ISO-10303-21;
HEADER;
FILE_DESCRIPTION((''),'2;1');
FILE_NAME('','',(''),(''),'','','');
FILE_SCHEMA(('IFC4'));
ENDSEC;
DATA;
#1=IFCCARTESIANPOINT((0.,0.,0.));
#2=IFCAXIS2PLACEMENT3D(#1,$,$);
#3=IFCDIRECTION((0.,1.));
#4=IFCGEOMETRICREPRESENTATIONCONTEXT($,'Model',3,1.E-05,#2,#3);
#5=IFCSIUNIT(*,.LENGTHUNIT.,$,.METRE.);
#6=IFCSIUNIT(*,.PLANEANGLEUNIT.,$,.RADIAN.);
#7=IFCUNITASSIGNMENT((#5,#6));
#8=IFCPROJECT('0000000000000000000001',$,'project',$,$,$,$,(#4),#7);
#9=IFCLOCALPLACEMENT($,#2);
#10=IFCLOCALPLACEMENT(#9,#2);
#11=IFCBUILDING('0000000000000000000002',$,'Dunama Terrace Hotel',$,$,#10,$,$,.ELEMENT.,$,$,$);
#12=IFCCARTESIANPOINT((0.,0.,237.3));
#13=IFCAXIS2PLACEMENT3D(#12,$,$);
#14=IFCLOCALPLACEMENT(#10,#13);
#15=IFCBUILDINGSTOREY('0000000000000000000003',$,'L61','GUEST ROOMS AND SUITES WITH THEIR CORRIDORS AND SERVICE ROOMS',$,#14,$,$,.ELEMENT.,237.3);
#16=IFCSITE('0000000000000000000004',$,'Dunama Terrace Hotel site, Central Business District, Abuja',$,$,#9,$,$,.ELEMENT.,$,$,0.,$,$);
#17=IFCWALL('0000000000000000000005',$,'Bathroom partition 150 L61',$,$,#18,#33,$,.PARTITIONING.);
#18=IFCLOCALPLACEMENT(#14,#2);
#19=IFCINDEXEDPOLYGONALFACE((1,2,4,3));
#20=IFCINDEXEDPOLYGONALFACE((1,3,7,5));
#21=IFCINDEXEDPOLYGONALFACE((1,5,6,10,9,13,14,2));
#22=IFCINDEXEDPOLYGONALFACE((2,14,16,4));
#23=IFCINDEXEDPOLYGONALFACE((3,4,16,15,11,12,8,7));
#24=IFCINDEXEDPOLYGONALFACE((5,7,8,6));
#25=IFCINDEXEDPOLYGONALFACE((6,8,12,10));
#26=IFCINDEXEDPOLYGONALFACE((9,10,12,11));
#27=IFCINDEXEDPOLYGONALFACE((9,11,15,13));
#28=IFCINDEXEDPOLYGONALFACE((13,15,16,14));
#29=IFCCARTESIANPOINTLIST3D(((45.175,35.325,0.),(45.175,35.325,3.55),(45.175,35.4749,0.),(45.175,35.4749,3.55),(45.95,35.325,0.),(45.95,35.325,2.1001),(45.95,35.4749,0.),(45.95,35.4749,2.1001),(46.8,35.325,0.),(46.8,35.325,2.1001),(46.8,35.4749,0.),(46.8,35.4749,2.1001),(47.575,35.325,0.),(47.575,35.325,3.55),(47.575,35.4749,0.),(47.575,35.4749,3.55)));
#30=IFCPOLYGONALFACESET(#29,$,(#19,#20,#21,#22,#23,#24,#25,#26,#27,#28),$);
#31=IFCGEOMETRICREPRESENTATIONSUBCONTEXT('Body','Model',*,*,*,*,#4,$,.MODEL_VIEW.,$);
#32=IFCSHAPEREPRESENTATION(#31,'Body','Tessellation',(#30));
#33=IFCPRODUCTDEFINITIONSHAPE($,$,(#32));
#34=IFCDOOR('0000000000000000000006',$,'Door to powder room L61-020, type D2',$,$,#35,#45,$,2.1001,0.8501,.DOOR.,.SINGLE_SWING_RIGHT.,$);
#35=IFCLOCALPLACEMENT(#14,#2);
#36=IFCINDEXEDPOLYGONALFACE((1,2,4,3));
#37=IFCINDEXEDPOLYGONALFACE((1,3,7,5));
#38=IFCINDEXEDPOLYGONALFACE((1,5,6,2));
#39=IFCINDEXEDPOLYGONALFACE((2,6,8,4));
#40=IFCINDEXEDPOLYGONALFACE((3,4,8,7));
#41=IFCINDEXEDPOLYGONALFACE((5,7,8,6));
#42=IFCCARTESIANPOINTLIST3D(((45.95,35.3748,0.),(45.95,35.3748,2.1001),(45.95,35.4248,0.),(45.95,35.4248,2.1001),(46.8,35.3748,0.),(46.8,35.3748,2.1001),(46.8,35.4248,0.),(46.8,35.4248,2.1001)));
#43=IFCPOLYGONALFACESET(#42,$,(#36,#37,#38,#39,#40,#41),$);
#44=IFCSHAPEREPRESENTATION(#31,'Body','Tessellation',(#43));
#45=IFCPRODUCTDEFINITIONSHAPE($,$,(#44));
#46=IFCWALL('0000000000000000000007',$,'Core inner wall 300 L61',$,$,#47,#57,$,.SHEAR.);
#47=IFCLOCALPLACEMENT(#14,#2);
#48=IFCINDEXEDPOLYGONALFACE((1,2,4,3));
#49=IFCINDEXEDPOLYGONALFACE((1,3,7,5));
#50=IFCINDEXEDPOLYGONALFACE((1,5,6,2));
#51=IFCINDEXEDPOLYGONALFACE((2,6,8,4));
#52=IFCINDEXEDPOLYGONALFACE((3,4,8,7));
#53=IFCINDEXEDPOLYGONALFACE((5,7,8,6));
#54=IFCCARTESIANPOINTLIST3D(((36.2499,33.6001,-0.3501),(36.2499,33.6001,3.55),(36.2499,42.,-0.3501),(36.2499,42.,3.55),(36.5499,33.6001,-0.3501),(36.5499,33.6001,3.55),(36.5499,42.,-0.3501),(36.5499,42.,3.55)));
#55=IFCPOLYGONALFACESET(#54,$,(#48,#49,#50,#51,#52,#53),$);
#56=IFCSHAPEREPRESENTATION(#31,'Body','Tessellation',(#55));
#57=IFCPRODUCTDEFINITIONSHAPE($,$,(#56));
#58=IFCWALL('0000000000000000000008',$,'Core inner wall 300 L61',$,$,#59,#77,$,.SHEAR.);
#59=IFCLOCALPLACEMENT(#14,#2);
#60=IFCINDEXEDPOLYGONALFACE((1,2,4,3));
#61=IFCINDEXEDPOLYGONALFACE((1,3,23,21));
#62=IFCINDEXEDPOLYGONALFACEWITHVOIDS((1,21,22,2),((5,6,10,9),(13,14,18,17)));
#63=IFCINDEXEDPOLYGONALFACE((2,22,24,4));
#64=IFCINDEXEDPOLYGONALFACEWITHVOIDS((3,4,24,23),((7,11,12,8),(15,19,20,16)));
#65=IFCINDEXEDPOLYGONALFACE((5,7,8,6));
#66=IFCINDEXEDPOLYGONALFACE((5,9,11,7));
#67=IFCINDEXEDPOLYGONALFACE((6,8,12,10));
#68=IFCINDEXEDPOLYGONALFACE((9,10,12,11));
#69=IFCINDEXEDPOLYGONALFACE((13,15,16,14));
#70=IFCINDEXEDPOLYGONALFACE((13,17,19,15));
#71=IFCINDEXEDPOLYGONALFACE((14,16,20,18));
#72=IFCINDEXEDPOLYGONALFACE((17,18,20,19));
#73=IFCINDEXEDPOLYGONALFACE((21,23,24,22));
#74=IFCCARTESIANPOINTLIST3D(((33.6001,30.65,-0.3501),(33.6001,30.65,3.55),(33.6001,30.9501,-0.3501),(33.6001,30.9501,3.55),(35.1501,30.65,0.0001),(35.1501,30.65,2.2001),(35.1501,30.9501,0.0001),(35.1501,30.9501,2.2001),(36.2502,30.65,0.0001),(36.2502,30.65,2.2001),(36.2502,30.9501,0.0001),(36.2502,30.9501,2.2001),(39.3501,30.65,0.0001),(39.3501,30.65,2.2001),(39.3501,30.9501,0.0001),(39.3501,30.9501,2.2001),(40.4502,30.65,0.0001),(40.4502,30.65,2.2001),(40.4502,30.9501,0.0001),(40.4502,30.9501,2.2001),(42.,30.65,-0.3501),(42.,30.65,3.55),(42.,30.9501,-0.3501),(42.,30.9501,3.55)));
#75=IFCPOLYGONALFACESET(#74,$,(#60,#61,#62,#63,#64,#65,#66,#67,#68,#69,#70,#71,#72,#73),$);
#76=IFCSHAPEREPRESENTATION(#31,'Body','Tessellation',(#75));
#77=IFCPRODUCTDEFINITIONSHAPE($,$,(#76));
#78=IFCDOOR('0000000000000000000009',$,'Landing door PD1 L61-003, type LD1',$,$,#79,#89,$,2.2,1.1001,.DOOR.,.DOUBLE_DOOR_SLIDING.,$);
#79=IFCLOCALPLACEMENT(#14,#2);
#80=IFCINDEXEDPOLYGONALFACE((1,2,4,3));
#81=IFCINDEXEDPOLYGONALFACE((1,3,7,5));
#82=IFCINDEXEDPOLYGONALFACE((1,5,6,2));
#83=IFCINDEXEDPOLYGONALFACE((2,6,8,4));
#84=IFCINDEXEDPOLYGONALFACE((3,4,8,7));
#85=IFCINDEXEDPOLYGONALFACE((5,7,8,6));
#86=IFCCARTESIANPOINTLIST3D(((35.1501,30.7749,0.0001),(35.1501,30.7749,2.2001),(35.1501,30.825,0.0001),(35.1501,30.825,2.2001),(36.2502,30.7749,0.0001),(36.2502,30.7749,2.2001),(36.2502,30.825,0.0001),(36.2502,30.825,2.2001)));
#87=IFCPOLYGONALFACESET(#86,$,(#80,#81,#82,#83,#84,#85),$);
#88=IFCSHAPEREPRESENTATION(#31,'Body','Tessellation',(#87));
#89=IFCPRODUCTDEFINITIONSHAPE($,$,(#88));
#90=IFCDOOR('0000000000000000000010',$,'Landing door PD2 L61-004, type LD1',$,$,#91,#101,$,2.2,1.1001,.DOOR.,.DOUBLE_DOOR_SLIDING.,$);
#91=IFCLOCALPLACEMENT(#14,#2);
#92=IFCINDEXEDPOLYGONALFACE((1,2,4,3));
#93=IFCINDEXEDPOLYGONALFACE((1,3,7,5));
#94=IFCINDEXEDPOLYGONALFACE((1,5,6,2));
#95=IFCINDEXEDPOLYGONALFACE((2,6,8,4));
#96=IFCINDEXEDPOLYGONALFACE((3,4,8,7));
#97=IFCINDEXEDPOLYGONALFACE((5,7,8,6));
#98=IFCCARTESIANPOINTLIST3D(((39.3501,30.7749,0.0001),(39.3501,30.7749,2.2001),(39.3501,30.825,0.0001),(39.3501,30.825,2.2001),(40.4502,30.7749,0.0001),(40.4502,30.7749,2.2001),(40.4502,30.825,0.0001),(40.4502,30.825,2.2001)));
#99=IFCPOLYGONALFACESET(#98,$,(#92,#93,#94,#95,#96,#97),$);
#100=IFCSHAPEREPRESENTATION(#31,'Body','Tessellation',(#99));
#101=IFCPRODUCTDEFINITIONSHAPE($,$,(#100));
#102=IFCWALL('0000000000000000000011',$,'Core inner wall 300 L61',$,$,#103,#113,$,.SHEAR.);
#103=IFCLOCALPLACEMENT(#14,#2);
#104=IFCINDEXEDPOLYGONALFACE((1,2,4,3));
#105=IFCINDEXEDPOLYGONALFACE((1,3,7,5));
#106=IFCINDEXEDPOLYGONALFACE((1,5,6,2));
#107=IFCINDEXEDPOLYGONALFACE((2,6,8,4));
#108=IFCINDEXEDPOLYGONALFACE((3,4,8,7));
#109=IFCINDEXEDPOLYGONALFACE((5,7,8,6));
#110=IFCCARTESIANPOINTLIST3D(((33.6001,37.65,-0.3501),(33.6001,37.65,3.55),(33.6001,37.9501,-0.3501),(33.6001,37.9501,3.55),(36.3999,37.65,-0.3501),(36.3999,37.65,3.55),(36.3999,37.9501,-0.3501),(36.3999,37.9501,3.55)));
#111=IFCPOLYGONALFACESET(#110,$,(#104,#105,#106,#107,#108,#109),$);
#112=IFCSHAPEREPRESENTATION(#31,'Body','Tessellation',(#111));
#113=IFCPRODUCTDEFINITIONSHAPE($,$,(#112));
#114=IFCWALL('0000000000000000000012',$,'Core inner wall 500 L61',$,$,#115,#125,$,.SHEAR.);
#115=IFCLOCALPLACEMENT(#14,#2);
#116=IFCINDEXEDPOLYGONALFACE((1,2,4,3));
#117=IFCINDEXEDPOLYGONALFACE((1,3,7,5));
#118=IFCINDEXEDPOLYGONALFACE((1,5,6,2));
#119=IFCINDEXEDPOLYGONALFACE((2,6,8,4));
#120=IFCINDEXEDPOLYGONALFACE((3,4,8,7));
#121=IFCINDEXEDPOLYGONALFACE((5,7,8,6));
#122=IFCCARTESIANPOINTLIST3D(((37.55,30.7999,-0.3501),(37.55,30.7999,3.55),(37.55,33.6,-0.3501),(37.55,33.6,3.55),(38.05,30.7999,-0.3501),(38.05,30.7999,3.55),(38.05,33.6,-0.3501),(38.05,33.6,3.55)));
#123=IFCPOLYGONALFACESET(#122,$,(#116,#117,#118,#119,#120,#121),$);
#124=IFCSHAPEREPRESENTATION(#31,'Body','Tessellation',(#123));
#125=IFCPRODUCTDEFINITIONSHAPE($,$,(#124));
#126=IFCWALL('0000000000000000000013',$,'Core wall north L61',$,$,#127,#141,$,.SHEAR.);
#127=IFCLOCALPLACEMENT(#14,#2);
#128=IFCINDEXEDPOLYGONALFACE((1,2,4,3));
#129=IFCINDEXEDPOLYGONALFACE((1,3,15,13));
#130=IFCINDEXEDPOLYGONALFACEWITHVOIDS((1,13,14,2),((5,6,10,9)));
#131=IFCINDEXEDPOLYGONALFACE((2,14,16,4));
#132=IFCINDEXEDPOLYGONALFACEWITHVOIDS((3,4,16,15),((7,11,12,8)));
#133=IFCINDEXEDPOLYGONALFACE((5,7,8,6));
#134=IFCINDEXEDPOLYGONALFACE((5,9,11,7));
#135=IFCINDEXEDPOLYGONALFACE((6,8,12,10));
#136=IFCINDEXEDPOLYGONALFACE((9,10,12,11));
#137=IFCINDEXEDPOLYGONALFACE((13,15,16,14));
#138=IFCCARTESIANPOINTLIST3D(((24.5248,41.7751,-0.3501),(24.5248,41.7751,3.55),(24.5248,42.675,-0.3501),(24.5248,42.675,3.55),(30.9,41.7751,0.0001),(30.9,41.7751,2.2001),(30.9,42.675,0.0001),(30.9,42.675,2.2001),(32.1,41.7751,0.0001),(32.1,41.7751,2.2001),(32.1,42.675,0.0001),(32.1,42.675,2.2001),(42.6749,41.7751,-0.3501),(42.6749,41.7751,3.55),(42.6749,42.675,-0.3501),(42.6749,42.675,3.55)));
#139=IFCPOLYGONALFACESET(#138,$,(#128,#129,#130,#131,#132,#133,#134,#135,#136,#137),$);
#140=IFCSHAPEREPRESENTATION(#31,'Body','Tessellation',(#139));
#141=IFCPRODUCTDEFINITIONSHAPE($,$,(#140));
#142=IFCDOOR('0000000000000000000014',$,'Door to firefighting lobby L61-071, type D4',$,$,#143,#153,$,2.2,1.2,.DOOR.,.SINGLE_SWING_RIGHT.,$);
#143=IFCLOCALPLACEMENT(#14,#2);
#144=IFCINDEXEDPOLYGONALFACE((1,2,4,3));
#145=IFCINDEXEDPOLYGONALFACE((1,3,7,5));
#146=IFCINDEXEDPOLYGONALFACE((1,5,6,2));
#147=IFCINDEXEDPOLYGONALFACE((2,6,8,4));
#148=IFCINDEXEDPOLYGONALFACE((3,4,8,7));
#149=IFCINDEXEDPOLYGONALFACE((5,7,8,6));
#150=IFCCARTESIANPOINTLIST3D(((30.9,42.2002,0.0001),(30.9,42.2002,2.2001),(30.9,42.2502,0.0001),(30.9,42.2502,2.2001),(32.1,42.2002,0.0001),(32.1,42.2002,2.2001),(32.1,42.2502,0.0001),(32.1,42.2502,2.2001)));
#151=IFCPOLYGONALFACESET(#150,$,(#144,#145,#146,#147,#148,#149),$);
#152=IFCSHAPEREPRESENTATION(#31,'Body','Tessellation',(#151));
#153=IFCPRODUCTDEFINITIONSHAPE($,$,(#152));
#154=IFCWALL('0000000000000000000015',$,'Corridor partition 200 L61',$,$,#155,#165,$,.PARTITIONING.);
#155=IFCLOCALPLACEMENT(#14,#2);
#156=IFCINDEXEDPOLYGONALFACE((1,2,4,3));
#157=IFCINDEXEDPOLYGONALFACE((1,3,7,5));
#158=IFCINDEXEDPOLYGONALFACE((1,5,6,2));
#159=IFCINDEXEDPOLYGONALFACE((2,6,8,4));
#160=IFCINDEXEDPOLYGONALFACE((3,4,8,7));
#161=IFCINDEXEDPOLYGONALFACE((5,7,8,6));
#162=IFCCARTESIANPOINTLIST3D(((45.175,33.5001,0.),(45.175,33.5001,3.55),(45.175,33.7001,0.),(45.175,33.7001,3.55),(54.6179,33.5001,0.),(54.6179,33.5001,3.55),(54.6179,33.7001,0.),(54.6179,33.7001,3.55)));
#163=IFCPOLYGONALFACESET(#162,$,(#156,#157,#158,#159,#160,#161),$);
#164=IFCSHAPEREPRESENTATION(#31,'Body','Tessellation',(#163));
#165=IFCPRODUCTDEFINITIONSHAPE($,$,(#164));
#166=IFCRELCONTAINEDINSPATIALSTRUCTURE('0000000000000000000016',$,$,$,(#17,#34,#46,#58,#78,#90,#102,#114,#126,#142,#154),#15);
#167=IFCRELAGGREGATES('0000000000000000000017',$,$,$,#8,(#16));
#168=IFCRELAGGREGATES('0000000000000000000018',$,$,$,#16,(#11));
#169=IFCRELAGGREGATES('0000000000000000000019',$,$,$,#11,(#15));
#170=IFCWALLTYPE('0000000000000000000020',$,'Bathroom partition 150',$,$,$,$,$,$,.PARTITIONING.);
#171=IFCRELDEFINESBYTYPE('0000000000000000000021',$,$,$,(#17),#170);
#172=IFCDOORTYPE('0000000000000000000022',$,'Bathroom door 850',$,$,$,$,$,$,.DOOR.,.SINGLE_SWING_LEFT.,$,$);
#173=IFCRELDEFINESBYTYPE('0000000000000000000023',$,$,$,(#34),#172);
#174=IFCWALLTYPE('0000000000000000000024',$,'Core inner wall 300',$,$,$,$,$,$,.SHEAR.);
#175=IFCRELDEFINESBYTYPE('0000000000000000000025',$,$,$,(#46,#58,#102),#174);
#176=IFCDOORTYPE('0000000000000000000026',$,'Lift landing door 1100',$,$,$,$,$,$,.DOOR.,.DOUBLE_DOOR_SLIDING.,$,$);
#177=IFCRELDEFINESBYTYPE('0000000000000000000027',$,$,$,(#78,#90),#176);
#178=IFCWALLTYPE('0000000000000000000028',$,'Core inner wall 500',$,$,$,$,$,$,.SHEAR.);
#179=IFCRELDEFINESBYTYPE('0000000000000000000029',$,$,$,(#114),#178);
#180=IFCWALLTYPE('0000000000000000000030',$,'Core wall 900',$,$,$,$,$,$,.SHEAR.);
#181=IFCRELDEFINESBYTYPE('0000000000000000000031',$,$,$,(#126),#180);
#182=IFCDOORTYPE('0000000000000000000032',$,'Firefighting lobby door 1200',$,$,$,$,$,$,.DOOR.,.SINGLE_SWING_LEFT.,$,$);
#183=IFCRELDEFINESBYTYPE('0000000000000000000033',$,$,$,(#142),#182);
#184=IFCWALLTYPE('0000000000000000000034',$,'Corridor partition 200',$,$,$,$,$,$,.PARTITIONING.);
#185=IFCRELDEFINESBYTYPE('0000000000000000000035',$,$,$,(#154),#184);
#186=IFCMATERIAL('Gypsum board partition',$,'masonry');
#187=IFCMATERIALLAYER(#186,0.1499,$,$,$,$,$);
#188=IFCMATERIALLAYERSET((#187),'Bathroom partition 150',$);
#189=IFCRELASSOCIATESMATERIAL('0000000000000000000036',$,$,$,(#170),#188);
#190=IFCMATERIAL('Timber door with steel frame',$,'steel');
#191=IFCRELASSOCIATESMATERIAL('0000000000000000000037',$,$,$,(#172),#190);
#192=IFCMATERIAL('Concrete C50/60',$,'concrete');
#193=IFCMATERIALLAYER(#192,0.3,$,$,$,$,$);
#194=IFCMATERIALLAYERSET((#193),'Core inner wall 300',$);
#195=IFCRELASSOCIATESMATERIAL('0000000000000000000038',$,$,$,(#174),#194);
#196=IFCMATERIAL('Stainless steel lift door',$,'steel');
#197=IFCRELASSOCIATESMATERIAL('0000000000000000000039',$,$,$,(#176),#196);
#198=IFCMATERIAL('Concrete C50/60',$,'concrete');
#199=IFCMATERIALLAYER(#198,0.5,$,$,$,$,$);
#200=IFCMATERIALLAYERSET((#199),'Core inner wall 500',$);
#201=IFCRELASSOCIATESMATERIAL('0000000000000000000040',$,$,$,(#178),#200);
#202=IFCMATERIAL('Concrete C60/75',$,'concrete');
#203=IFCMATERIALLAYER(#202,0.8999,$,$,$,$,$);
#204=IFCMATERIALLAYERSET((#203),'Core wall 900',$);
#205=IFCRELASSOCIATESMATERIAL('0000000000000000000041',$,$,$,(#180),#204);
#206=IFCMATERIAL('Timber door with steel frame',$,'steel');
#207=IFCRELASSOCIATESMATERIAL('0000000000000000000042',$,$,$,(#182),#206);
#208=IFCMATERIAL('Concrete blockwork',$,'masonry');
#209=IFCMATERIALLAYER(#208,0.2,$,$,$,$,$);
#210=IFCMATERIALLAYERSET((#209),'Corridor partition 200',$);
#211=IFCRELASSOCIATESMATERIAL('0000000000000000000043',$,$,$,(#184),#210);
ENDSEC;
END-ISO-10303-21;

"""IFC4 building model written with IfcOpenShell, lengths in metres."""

from ifc_helpers import new_model, si_unit, direction, frame, frame_2d, origin, place, context, subcontext, project, spatial, rectangle, extrude, material, layer, layer_set, type_object, element, fill, save


model = new_model("IFC4")

# Units and contexts
model_context = context("Model", 3, precision=1e-05, world=origin(), true_north=direction((0.0, 1.0)))
body_context = subcontext(model_context, "Body", "Model", "MODEL_VIEW")
ifc_project = project(units=[si_unit("LENGTHUNIT", "METRE"), si_unit("PLANEANGLEUNIT", "RADIAN")], contexts=[model_context])

# Site, building, storey
site_placement = place(None, origin())
site = spatial("IfcSite", under=ifc_project, at=site_placement, Name="Dunama Terrace Hotel site, Central Business District, Abuja", CompositionType="ELEMENT", RefElevation=0.0)
building_placement = place(site_placement, origin())
building = spatial("IfcBuilding", under=site, at=building_placement, Name="Dunama Terrace Hotel", CompositionType="ELEMENT")
storey_placement = place(building_placement, frame((0.0, 0.0, 237.3)))
storey = spatial("IfcBuildingStorey", under=building, at=storey_placement, Name="L61", Description="GUEST ROOMS AND SUITES WITH THEIR CORRIDORS AND SERVICE ROOMS", CompositionType="ELEMENT", Elevation=237.3)

# Wall, opening, door
ifc_material_1 = material(Name="Gypsum board partition", Category="masonry")
ifc_layer_1 = layer(ifc_material_1, 0.1499)
ifc_layer_set_1 = layer_set([ifc_layer_1], Name="Bathroom partition 150")
wall_type_1 = type_object("IfcWallType", Name="Bathroom partition 150", PredefinedType="PARTITIONING", material=ifc_layer_set_1)
wall_1_placement = place(storey_placement, frame((45.175, 35.3999, 0.0), z_axis=(0.0, 0.0, 1.0), x_axis=(1.0, 0.0, 0.0)))
wall_1 = element("IfcWall", 1, at=wall_1_placement, inside=storey, type_object=wall_type_1, Name="Bathroom partition 150 L61", PredefinedType="PARTITIONING", context=body_context, shape_type="SweptSolid", body=[
    extrude(rectangle(XDim=2.3999, YDim=0.1499, at=frame_2d((1.2, 0.0))), origin(), (0.0, 0.0, 1.0), 3.55),
])
opening_1_placement = place(wall_1_placement, frame((0.7749, 0.0, 0.0)))
opening_1 = element("IfcOpeningElement", 2, at=opening_1_placement, cuts=wall_1, PredefinedType="OPENING", context=body_context, shape_type="SweptSolid", body=[
    extrude(rectangle(XDim=0.8501, YDim=2.1001, at=frame_2d((0.425, 1.05))), frame((0.0, 0.085, 0.0), z_axis=(0.0, -1.0, 0.0), x_axis=(1.0, 0.0, 0.0)), (0.0, 0.0, 1.0), 0.1699),
])
ifc_material_2 = material(Name="Timber door with steel frame", Category="steel")
door_type_1 = type_object("IfcDoorType", Name="Bathroom door 850", OperationType="SINGLE_SWING_LEFT", PredefinedType="DOOR", material=ifc_material_2)
door_1_placement = place(opening_1_placement, frame((0.8501, 0.0, 0.0), z_axis=(0.0, 0.0, 1.0), x_axis=(-1.0, 0.0, 0.0)))
door_1 = element("IfcDoor", 3, at=door_1_placement, inside=storey, type_object=door_type_1, Name="Door to powder room L61-020, type D2", OperationType="SINGLE_SWING_RIGHT", OverallHeight=2.1001, OverallWidth=0.8501, PredefinedType="DOOR", context=body_context, shape_type="SweptSolid", body=[
    extrude(rectangle(XDim=0.8501, YDim=2.1001, at=frame_2d((0.425, 1.05))), frame((0.0, 0.0251, 0.0), z_axis=(0.0, -1.0, 0.0), x_axis=(1.0, 0.0, 0.0)), (0.0, 0.0, 1.0), 0.05),
])
fill(opening_1, door_1)

# Wall
ifc_material_3 = material(Name="Concrete C50/60", Category="concrete")
ifc_layer_2 = layer(ifc_material_3, 0.3)
ifc_layer_set_2 = layer_set([ifc_layer_2], Name="Core inner wall 300")
wall_type_2 = type_object("IfcWallType", Name="Core inner wall 300", PredefinedType="SHEAR", material=ifc_layer_set_2)
wall_2_placement = place(storey_placement, frame((36.3999, 33.6001, -0.3501), z_axis=(0.0, 0.0, 1.0), x_axis=(0.0, 1.0, 0.0)))
element("IfcWall", 4, at=wall_2_placement, inside=storey, type_object=wall_type_2, Name="Core inner wall 300 L61", PredefinedType="SHEAR", context=body_context, shape_type="SweptSolid", body=[
    extrude(rectangle(XDim=8.3999, YDim=0.3, at=frame_2d((4.2, 0.0))), origin(), (0.0, 0.0, 1.0), 3.9001),
])

# Wall, openings, doors
wall_3_placement = place(storey_placement, frame((33.6001, 30.8, -0.3501), z_axis=(0.0, 0.0, 1.0), x_axis=(1.0, 0.0, 0.0)))
wall_3 = element("IfcWall", 5, at=wall_3_placement, inside=storey, type_object=wall_type_2, Name="Core inner wall 300 L61", PredefinedType="SHEAR", context=body_context, shape_type="SweptSolid", body=[
    extrude(rectangle(XDim=8.3999, YDim=0.3, at=frame_2d((4.2, 0.0))), origin(), (0.0, 0.0, 1.0), 3.9001),
])
opening_2_placement = place(wall_3_placement, frame((1.55, 0.0, 0.3501)))
opening_2 = element("IfcOpeningElement", 6, at=opening_2_placement, cuts=wall_3, PredefinedType="OPENING", context=body_context, shape_type="SweptSolid", body=[
    extrude(rectangle(XDim=1.1001, YDim=2.2, at=frame_2d((0.55, 1.1001))), frame((0.0, 0.1599, 0.0), z_axis=(0.0, -1.0, 0.0), x_axis=(1.0, 0.0, 0.0)), (0.0, 0.0, 1.0), 0.3201),
])
opening_3_placement = place(wall_3_placement, frame((5.75, 0.0, 0.3501)))
opening_3 = element("IfcOpeningElement", 7, at=opening_3_placement, cuts=wall_3, PredefinedType="OPENING", context=body_context, shape_type="SweptSolid", body=[
    extrude(rectangle(XDim=1.1001, YDim=2.2, at=frame_2d((0.55, 1.1001))), frame((0.0, 0.1599, 0.0), z_axis=(0.0, -1.0, 0.0), x_axis=(1.0, 0.0, 0.0)), (0.0, 0.0, 1.0), 0.3201),
])
ifc_material_4 = material(Name="Stainless steel lift door", Category="steel")
door_type_2 = type_object("IfcDoorType", Name="Lift landing door 1100", OperationType="DOUBLE_DOOR_SLIDING", PredefinedType="DOOR", material=ifc_material_4)
door_2_placement = place(opening_2_placement, origin())
door_2 = element("IfcDoor", 8, at=door_2_placement, inside=storey, type_object=door_type_2, Name="Landing door PD1 L61-003, type LD1", OperationType="DOUBLE_DOOR_SLIDING", OverallHeight=2.2, OverallWidth=1.1001, PredefinedType="DOOR", context=body_context, shape_type="SweptSolid", body=[
    extrude(rectangle(XDim=1.1001, YDim=2.2, at=frame_2d((0.55, 1.1001))), frame((0.0, 0.0249, 0.0), z_axis=(0.0, -1.0, 0.0), x_axis=(1.0, 0.0, 0.0)), (0.0, 0.0, 1.0), 0.05),
])
fill(opening_2, door_2)
door_3_placement = place(opening_3_placement, origin())
door_3 = element("IfcDoor", 9, at=door_3_placement, inside=storey, type_object=door_type_2, Name="Landing door PD2 L61-004, type LD1", OperationType="DOUBLE_DOOR_SLIDING", OverallHeight=2.2, OverallWidth=1.1001, PredefinedType="DOOR", context=body_context, shape_type="SweptSolid", body=[
    extrude(rectangle(XDim=1.1001, YDim=2.2, at=frame_2d((0.55, 1.1001))), frame((0.0, 0.0249, 0.0), z_axis=(0.0, -1.0, 0.0), x_axis=(1.0, 0.0, 0.0)), (0.0, 0.0, 1.0), 0.05),
])
fill(opening_3, door_3)

# Walls
wall_4_placement = place(storey_placement, frame((33.6001, 37.8, -0.3501), z_axis=(0.0, 0.0, 1.0), x_axis=(1.0, 0.0, 0.0)))
element("IfcWall", 10, at=wall_4_placement, inside=storey, type_object=wall_type_2, Name="Core inner wall 300 L61", PredefinedType="SHEAR", context=body_context, shape_type="SweptSolid", body=[
    extrude(rectangle(XDim=2.7998, YDim=0.3, at=frame_2d((1.3999, 0.0))), origin(), (0.0, 0.0, 1.0), 3.9001),
])
ifc_material_5 = material(Name="Concrete C50/60", Category="concrete")
ifc_layer_3 = layer(ifc_material_5, 0.5)
ifc_layer_set_3 = layer_set([ifc_layer_3], Name="Core inner wall 500")
wall_type_3 = type_object("IfcWallType", Name="Core inner wall 500", PredefinedType="SHEAR", material=ifc_layer_set_3)
wall_5_placement = place(storey_placement, frame((37.8, 30.8, -0.3501), z_axis=(0.0, 0.0, 1.0), x_axis=(0.0, 1.0, 0.0)))
element("IfcWall", 11, at=wall_5_placement, inside=storey, type_object=wall_type_3, Name="Core inner wall 500 L61", PredefinedType="SHEAR", context=body_context, shape_type="SweptSolid", body=[
    extrude(rectangle(XDim=2.8, YDim=0.5, at=frame_2d((1.3999, 0.0))), origin(), (0.0, 0.0, 1.0), 3.9001),
])

# Wall, opening, door
ifc_material_6 = material(Name="Concrete C60/75", Category="concrete")
ifc_layer_4 = layer(ifc_material_6, 0.8999)
ifc_layer_set_4 = layer_set([ifc_layer_4], Name="Core wall 900")
wall_type_4 = type_object("IfcWallType", Name="Core wall 900", PredefinedType="SHEAR", material=ifc_layer_set_4)
wall_6_placement = place(storey_placement, frame((42.675, 42.2251, -0.3501), z_axis=(0.0, 0.0, 1.0), x_axis=(-1.0, 0.0, 0.0)))
wall_6 = element("IfcWall", 12, at=wall_6_placement, inside=storey, type_object=wall_type_4, Name="Core wall north L61", PredefinedType="SHEAR", context=body_context, shape_type="SweptSolid", body=[
    extrude(rectangle(XDim=18.1501, YDim=0.8999, at=frame_2d((9.0752, 0.0))), origin(), (0.0, 0.0, 1.0), 3.9001),
])
opening_4_placement = place(wall_6_placement, frame((10.575, 0.0, 0.3501)))
opening_4 = element("IfcOpeningElement", 13, at=opening_4_placement, cuts=wall_6, PredefinedType="OPENING", context=body_context, shape_type="SweptSolid", body=[
    extrude(rectangle(XDim=1.2, YDim=2.2, at=frame_2d((0.6001, 1.1001))), frame((0.0, 0.46, 0.0), z_axis=(0.0, -1.0, 0.0), x_axis=(1.0, 0.0, 0.0)), (0.0, 0.0, 1.0), 0.9199),
])
ifc_material_7 = material(Name="Timber door with steel frame", Category="steel")
door_type_3 = type_object("IfcDoorType", Name="Firefighting lobby door 1200", OperationType="SINGLE_SWING_LEFT", PredefinedType="DOOR", material=ifc_material_7)
door_4_placement = place(opening_4_placement, origin())
door_4 = element("IfcDoor", 14, at=door_4_placement, inside=storey, type_object=door_type_3, Name="Door to firefighting lobby L61-071, type D4", OperationType="SINGLE_SWING_RIGHT", OverallHeight=2.2, OverallWidth=1.2, PredefinedType="DOOR", context=body_context, shape_type="SweptSolid", body=[
    extrude(rectangle(XDim=1.2, YDim=2.2, at=frame_2d((0.6001, 1.1001))), frame((0.0, 0.0249, 0.0), z_axis=(0.0, -1.0, 0.0), x_axis=(1.0, 0.0, 0.0)), (0.0, 0.0, 1.0), 0.05),
])
fill(opening_4, door_4)

# Wall
ifc_material_8 = material(Name="Concrete blockwork", Category="masonry")
ifc_layer_5 = layer(ifc_material_8, 0.2)
ifc_layer_set_5 = layer_set([ifc_layer_5], Name="Corridor partition 200")
wall_type_5 = type_object("IfcWallType", Name="Corridor partition 200", PredefinedType="PARTITIONING", material=ifc_layer_set_5)
wall_7_placement = place(storey_placement, frame((45.175, 33.6001, 0.0), z_axis=(0.0, 0.0, 1.0), x_axis=(1.0, 0.0, 0.0)))
element("IfcWall", 15, at=wall_7_placement, inside=storey, type_object=wall_type_5, Name="Corridor partition 200 L61", PredefinedType="PARTITIONING", context=body_context, shape_type="SweptSolid", body=[
    extrude(rectangle(XDim=9.4429, YDim=0.2, at=frame_2d((4.7214, 0.0))), origin(), (0.0, 0.0, 1.0), 3.55),
])

save(model, "model.ifc")
